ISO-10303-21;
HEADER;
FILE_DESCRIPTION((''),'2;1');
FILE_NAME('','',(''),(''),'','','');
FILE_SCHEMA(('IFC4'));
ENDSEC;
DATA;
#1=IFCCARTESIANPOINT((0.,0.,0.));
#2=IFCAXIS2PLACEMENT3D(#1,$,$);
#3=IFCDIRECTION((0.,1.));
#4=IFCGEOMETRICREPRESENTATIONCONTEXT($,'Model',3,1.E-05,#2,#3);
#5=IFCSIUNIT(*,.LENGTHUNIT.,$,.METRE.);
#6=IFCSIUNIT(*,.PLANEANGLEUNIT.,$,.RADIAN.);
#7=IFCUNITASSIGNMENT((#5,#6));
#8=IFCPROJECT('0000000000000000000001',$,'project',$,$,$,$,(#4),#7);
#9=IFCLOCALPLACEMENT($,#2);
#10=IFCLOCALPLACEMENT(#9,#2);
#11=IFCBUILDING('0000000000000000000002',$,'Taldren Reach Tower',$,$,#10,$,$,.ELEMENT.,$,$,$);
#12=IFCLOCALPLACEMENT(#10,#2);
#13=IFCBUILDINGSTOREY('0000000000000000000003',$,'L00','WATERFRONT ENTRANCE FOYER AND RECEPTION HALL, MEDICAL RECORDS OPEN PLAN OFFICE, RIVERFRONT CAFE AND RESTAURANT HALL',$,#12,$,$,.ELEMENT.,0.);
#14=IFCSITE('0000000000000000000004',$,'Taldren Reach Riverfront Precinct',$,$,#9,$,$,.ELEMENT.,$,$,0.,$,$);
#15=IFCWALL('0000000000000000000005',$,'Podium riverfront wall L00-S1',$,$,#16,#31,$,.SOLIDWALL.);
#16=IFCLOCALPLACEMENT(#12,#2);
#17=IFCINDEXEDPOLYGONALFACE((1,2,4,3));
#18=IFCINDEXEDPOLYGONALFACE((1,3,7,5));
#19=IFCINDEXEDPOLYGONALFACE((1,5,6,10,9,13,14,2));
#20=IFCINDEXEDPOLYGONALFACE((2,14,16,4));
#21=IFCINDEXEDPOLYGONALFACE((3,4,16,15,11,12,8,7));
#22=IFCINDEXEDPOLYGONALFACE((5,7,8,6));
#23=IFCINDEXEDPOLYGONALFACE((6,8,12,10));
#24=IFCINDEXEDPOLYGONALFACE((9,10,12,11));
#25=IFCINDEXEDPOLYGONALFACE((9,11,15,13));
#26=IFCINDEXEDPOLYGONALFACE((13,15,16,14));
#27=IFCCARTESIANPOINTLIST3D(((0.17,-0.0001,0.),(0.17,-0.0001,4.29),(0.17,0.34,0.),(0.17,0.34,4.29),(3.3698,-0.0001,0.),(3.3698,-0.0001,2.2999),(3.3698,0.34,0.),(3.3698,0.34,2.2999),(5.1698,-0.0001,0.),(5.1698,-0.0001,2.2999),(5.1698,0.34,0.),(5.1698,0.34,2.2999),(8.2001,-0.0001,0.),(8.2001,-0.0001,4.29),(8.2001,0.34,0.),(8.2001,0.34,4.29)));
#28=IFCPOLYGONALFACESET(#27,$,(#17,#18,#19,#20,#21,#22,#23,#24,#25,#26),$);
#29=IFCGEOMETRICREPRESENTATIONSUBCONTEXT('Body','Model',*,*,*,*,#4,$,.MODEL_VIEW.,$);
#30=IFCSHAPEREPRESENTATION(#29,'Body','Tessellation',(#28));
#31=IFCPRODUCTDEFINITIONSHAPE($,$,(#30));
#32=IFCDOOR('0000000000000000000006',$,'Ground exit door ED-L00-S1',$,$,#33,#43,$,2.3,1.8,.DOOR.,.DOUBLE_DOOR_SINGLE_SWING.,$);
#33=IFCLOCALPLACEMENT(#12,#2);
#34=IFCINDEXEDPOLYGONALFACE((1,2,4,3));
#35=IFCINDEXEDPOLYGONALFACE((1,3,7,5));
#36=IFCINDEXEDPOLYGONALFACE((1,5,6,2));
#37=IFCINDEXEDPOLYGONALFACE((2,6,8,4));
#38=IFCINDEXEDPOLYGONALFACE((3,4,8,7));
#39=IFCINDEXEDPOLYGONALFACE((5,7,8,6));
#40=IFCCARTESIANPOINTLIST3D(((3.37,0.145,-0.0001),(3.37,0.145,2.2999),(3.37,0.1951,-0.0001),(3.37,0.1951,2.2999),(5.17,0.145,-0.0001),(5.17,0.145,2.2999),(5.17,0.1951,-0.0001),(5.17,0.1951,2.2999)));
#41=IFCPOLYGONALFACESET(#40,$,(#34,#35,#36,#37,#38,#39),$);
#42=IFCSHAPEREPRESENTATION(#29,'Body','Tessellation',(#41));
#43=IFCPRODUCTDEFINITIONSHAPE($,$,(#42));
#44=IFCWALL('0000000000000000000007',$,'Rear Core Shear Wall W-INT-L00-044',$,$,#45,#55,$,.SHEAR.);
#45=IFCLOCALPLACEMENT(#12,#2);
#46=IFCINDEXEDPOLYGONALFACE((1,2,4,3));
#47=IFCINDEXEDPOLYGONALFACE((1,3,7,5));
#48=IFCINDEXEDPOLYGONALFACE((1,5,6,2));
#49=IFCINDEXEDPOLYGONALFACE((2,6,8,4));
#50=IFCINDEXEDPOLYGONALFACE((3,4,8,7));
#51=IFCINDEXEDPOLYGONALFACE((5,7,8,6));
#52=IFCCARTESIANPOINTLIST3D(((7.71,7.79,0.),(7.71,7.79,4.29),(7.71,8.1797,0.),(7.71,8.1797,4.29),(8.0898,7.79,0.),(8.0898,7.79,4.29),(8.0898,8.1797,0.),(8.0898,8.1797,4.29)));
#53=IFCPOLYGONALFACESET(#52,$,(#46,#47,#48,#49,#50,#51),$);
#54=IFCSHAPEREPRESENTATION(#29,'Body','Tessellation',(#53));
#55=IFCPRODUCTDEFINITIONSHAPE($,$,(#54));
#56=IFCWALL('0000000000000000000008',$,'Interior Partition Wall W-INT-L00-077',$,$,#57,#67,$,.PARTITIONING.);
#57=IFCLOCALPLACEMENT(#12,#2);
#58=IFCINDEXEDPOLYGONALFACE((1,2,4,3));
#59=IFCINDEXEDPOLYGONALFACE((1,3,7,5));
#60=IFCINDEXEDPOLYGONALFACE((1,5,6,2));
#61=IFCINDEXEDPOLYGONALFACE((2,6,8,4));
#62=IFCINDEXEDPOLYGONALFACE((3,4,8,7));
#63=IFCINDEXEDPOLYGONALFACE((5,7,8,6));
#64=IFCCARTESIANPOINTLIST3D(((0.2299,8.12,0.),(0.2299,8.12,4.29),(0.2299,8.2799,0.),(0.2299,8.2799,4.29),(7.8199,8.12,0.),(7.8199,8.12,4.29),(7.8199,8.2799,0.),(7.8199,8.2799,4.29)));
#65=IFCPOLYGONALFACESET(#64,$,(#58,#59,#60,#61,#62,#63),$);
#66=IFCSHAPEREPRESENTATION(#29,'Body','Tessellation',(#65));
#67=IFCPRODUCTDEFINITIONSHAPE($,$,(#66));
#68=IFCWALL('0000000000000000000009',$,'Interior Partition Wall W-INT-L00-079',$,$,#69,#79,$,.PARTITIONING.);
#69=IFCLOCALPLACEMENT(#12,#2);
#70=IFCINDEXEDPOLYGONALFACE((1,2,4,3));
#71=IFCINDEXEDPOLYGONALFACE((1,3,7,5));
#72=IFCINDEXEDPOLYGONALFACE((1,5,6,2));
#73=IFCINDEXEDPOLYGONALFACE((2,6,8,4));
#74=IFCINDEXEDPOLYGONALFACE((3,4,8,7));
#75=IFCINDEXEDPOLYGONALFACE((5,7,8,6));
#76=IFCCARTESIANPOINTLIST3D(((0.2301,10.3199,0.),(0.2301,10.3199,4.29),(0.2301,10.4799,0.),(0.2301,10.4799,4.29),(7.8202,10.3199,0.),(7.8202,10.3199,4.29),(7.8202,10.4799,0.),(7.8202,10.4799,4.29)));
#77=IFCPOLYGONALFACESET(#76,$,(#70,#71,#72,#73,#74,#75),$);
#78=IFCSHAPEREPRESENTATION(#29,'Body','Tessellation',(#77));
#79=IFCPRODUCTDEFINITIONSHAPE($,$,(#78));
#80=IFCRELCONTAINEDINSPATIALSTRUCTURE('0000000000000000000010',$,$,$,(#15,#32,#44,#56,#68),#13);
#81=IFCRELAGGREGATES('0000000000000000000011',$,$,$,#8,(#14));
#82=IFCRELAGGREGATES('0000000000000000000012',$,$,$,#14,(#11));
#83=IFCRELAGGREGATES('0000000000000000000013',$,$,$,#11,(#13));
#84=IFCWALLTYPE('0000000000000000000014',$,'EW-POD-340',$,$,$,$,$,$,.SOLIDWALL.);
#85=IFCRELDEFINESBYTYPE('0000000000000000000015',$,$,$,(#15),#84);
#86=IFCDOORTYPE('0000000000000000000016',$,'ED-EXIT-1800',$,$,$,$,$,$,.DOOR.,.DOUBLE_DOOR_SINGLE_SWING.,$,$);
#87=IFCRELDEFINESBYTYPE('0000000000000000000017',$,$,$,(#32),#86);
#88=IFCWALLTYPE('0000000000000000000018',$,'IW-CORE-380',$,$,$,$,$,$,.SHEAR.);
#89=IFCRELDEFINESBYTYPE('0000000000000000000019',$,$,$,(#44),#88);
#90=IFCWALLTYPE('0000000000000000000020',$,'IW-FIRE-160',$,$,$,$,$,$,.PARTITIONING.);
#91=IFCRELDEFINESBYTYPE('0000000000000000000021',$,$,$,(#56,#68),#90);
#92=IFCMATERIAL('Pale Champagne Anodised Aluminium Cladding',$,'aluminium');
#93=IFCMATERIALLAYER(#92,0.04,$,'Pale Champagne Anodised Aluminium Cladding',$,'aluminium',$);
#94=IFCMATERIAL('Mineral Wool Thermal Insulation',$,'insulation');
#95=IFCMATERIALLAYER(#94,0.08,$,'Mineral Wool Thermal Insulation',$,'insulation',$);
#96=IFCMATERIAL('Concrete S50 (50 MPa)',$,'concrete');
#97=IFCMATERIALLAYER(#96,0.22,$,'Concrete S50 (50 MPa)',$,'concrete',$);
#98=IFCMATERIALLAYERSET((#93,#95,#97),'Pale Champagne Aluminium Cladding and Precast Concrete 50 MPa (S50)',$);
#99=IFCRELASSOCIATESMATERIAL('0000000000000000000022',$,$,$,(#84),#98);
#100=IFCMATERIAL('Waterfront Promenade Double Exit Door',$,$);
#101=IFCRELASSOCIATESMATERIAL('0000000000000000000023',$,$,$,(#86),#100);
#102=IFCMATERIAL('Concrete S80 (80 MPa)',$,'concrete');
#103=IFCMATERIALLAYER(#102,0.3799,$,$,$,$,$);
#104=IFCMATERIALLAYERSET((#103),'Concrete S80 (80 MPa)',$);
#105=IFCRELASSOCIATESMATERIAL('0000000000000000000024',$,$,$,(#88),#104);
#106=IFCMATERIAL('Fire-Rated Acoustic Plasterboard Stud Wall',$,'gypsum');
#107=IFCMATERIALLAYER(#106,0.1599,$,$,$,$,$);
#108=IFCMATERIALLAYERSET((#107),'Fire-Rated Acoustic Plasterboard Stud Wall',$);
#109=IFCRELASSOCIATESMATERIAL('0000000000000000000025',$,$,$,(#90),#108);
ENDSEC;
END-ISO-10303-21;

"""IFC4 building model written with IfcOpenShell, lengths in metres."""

from ifc_helpers import new_model, si_unit, direction, frame, frame_2d, origin, place, context, subcontext, project, spatial, rectangle, extrude, source, transform, mapped, material, layer, layer_set, type_object, element, fill, save


model = new_model("IFC4")

# Units and contexts
model_context = context("Model", 3, precision=1e-05, world=origin(), true_north=direction((0.0, 1.0)))
body_context = subcontext(model_context, "Body", "Model", "MODEL_VIEW")
ifc_project = project(units=[si_unit("LENGTHUNIT", "METRE"), si_unit("PLANEANGLEUNIT", "RADIAN")], contexts=[model_context])

# Site, building, storey
site_placement = place(None, origin())
site = spatial("IfcSite", under=ifc_project, at=site_placement, Name="Taldren Reach Riverfront Precinct", CompositionType="ELEMENT", RefElevation=0.0)
building_placement = place(site_placement, origin())
building = spatial("IfcBuilding", under=site, at=building_placement, Name="Taldren Reach Tower", CompositionType="ELEMENT")
storey_placement = place(building_placement, origin())
storey = spatial("IfcBuildingStorey", under=building, at=storey_placement, Name="L00", Description="WATERFRONT ENTRANCE FOYER AND RECEPTION HALL, MEDICAL RECORDS OPEN PLAN OFFICE, RIVERFRONT CAFE AND RESTAURANT HALL", CompositionType="ELEMENT", Elevation=0.0)

# Shared definitions
ifc_material_1 = material(Name="Concrete S50 (50 MPa)", Category="concrete")

# Shared definitions
ifc_material_2 = material(Name="Concrete S80 (80 MPa)", Category="concrete")

# Wall, opening, door
ifc_material_3 = material(Name="Pale Champagne Anodised Aluminium Cladding", Category="aluminium")
ifc_layer_1 = layer(ifc_material_3, 0.04, Name="Pale Champagne Anodised Aluminium Cladding", Category="aluminium")
ifc_material_4 = material(Name="Mineral Wool Thermal Insulation", Category="insulation")
ifc_layer_2 = layer(ifc_material_4, 0.08, Name="Mineral Wool Thermal Insulation", Category="insulation")
ifc_layer_3 = layer(ifc_material_1, 0.22, Name="Concrete S50 (50 MPa)", Category="concrete")
ifc_layer_set_1 = layer_set([ifc_layer_1, ifc_layer_2, ifc_layer_3], Name="Pale Champagne Aluminium Cladding and Precast Concrete 50 MPa (S50)")
wall_type_1 = type_object("IfcWallType", Name="EW-POD-340", PredefinedType="SOLIDWALL", material=ifc_layer_set_1)
shared_shape_1 = source(origin(), body_context, "Body", "SweptSolid", [
    extrude(rectangle(XDim=8.03, YDim=0.3401, at=frame_2d((4.0151, 0.0))), origin(), (0.0, 0.0, 1.0), 4.29),
])
wall_1_placement = place(storey_placement, frame((0.1699, 0.1699, 0.0), z_axis=(0.0, 0.0, 1.0), x_axis=(1.0, 0.0, 0.0)))
wall_1 = element("IfcWall", 1, at=wall_1_placement, inside=storey, type_object=wall_type_1, Name="Podium riverfront wall L00-S1", PredefinedType="SOLIDWALL", context=body_context, shape_type="MappedRepresentation", body=[
    mapped(shared_shape_1, transform((0.0, 0.0, 0.0), scale=1.0)),
])
shared_shape_2 = source(origin(), body_context, "Body", "SweptSolid", [
    extrude(rectangle(XDim=1.8, YDim=2.3, at=frame_2d((0.8999, 1.1499))), frame((0.0, 0.1802, 0.0), z_axis=(0.0, -1.0, 0.0), x_axis=(1.0, 0.0, 0.0)), (0.0, 0.0, 1.0), 0.3601),
])
opening_1_placement = place(wall_1_placement, frame((3.2, 0.0, 0.0)))
opening_1 = element("IfcOpeningElement", 2, at=opening_1_placement, cuts=wall_1, PredefinedType="OPENING", context=body_context, shape_type="MappedRepresentation", body=[
    mapped(shared_shape_2, transform((0.0, 0.0, 0.0), scale=1.0)),
])
ifc_material_5 = material(Name="Waterfront Promenade Double Exit Door")
door_type_1 = type_object("IfcDoorType", Name="ED-EXIT-1800", OperationType="DOUBLE_DOOR_SINGLE_SWING", PredefinedType="DOOR", material=ifc_material_5)
shared_shape_3 = source(origin(), body_context, "Body", "SweptSolid", [
    extrude(rectangle(XDim=1.8, YDim=2.3, at=frame_2d((0.8999, 1.1499))), frame((0.0, 0.0249, 0.0), z_axis=(0.0, -1.0, 0.0), x_axis=(1.0, 0.0, 0.0)), (0.0, 0.0, 1.0), 0.05),
])
door_1_placement = place(opening_1_placement, frame((1.8, 0.0, 0.0), z_axis=(0.0, 0.0, 1.0), x_axis=(-1.0, 0.0, 0.0)))
door_1 = element("IfcDoor", 3, at=door_1_placement, inside=storey, type_object=door_type_1, Name="Ground exit door ED-L00-S1", OperationType="DOUBLE_DOOR_SINGLE_SWING", OverallHeight=2.3, OverallWidth=1.8, PredefinedType="DOOR", context=body_context, shape_type="MappedRepresentation", body=[
    mapped(shared_shape_3, transform((0.0, 0.0, 0.0), scale=1.0)),
])
fill(opening_1, door_1)

# Walls
ifc_layer_4 = layer(ifc_material_2, 0.3799)
ifc_layer_set_2 = layer_set([ifc_layer_4], Name="Concrete S80 (80 MPa)")
wall_type_2 = type_object("IfcWallType", Name="IW-CORE-380", PredefinedType="SHEAR", material=ifc_layer_set_2)
shared_shape_4 = source(origin(), body_context, "Body", "SweptSolid", [
    extrude(rectangle(XDim=0.3896, YDim=0.3799, at=frame_2d((0.1948, 0.0))), origin(), (0.0, 0.0, 1.0), 4.29),
])
wall_2_placement = place(storey_placement, frame((7.8999, 7.79, 0.0), z_axis=(0.0, 0.0, 1.0), x_axis=(0.0, 1.0, 0.0)))
element("IfcWall", 4, at=wall_2_placement, inside=storey, type_object=wall_type_2, Name="Rear Core Shear Wall W-INT-L00-044", PredefinedType="SHEAR", context=body_context, shape_type="MappedRepresentation", body=[
    mapped(shared_shape_4, transform((0.0, 0.0, 0.0), scale=1.0)),
])
ifc_material_6 = material(Name="Fire-Rated Acoustic Plasterboard Stud Wall", Category="gypsum")
ifc_layer_5 = layer(ifc_material_6, 0.1599)
ifc_layer_set_3 = layer_set([ifc_layer_5], Name="Fire-Rated Acoustic Plasterboard Stud Wall")
wall_type_3 = type_object("IfcWallType", Name="IW-FIRE-160", PredefinedType="PARTITIONING", material=ifc_layer_set_3)
shared_shape_5 = source(origin(), body_context, "Body", "SweptSolid", [
    extrude(rectangle(XDim=7.5901, YDim=0.1599, at=frame_2d((3.7949, 0.0))), origin(), (0.0, 0.0, 1.0), 4.29),
])
for number, where, z_axis, x_axis, name in (
    (5, (0.23, 8.2, 0.0), (0.0, 0.0, 1.0), (1.0, 0.0, 0.0), "Interior Partition Wall W-INT-L00-077"),
    (6, (7.8201, 10.3999, 0.0), (0.0, 0.0, 1.0), (-1.0, 0.0, 0.0), "Interior Partition Wall W-INT-L00-079"),
):
    element("IfcWall", number, at=place(storey_placement, frame(where, z_axis=z_axis, x_axis=x_axis)), inside=storey, type_object=wall_type_3, Name=name, PredefinedType="PARTITIONING", context=body_context, shape_type="MappedRepresentation", body=[
        mapped(shared_shape_5, transform((0.0, 0.0, 0.0), scale=1.0)),
    ])

save(model, "model.ifc")
